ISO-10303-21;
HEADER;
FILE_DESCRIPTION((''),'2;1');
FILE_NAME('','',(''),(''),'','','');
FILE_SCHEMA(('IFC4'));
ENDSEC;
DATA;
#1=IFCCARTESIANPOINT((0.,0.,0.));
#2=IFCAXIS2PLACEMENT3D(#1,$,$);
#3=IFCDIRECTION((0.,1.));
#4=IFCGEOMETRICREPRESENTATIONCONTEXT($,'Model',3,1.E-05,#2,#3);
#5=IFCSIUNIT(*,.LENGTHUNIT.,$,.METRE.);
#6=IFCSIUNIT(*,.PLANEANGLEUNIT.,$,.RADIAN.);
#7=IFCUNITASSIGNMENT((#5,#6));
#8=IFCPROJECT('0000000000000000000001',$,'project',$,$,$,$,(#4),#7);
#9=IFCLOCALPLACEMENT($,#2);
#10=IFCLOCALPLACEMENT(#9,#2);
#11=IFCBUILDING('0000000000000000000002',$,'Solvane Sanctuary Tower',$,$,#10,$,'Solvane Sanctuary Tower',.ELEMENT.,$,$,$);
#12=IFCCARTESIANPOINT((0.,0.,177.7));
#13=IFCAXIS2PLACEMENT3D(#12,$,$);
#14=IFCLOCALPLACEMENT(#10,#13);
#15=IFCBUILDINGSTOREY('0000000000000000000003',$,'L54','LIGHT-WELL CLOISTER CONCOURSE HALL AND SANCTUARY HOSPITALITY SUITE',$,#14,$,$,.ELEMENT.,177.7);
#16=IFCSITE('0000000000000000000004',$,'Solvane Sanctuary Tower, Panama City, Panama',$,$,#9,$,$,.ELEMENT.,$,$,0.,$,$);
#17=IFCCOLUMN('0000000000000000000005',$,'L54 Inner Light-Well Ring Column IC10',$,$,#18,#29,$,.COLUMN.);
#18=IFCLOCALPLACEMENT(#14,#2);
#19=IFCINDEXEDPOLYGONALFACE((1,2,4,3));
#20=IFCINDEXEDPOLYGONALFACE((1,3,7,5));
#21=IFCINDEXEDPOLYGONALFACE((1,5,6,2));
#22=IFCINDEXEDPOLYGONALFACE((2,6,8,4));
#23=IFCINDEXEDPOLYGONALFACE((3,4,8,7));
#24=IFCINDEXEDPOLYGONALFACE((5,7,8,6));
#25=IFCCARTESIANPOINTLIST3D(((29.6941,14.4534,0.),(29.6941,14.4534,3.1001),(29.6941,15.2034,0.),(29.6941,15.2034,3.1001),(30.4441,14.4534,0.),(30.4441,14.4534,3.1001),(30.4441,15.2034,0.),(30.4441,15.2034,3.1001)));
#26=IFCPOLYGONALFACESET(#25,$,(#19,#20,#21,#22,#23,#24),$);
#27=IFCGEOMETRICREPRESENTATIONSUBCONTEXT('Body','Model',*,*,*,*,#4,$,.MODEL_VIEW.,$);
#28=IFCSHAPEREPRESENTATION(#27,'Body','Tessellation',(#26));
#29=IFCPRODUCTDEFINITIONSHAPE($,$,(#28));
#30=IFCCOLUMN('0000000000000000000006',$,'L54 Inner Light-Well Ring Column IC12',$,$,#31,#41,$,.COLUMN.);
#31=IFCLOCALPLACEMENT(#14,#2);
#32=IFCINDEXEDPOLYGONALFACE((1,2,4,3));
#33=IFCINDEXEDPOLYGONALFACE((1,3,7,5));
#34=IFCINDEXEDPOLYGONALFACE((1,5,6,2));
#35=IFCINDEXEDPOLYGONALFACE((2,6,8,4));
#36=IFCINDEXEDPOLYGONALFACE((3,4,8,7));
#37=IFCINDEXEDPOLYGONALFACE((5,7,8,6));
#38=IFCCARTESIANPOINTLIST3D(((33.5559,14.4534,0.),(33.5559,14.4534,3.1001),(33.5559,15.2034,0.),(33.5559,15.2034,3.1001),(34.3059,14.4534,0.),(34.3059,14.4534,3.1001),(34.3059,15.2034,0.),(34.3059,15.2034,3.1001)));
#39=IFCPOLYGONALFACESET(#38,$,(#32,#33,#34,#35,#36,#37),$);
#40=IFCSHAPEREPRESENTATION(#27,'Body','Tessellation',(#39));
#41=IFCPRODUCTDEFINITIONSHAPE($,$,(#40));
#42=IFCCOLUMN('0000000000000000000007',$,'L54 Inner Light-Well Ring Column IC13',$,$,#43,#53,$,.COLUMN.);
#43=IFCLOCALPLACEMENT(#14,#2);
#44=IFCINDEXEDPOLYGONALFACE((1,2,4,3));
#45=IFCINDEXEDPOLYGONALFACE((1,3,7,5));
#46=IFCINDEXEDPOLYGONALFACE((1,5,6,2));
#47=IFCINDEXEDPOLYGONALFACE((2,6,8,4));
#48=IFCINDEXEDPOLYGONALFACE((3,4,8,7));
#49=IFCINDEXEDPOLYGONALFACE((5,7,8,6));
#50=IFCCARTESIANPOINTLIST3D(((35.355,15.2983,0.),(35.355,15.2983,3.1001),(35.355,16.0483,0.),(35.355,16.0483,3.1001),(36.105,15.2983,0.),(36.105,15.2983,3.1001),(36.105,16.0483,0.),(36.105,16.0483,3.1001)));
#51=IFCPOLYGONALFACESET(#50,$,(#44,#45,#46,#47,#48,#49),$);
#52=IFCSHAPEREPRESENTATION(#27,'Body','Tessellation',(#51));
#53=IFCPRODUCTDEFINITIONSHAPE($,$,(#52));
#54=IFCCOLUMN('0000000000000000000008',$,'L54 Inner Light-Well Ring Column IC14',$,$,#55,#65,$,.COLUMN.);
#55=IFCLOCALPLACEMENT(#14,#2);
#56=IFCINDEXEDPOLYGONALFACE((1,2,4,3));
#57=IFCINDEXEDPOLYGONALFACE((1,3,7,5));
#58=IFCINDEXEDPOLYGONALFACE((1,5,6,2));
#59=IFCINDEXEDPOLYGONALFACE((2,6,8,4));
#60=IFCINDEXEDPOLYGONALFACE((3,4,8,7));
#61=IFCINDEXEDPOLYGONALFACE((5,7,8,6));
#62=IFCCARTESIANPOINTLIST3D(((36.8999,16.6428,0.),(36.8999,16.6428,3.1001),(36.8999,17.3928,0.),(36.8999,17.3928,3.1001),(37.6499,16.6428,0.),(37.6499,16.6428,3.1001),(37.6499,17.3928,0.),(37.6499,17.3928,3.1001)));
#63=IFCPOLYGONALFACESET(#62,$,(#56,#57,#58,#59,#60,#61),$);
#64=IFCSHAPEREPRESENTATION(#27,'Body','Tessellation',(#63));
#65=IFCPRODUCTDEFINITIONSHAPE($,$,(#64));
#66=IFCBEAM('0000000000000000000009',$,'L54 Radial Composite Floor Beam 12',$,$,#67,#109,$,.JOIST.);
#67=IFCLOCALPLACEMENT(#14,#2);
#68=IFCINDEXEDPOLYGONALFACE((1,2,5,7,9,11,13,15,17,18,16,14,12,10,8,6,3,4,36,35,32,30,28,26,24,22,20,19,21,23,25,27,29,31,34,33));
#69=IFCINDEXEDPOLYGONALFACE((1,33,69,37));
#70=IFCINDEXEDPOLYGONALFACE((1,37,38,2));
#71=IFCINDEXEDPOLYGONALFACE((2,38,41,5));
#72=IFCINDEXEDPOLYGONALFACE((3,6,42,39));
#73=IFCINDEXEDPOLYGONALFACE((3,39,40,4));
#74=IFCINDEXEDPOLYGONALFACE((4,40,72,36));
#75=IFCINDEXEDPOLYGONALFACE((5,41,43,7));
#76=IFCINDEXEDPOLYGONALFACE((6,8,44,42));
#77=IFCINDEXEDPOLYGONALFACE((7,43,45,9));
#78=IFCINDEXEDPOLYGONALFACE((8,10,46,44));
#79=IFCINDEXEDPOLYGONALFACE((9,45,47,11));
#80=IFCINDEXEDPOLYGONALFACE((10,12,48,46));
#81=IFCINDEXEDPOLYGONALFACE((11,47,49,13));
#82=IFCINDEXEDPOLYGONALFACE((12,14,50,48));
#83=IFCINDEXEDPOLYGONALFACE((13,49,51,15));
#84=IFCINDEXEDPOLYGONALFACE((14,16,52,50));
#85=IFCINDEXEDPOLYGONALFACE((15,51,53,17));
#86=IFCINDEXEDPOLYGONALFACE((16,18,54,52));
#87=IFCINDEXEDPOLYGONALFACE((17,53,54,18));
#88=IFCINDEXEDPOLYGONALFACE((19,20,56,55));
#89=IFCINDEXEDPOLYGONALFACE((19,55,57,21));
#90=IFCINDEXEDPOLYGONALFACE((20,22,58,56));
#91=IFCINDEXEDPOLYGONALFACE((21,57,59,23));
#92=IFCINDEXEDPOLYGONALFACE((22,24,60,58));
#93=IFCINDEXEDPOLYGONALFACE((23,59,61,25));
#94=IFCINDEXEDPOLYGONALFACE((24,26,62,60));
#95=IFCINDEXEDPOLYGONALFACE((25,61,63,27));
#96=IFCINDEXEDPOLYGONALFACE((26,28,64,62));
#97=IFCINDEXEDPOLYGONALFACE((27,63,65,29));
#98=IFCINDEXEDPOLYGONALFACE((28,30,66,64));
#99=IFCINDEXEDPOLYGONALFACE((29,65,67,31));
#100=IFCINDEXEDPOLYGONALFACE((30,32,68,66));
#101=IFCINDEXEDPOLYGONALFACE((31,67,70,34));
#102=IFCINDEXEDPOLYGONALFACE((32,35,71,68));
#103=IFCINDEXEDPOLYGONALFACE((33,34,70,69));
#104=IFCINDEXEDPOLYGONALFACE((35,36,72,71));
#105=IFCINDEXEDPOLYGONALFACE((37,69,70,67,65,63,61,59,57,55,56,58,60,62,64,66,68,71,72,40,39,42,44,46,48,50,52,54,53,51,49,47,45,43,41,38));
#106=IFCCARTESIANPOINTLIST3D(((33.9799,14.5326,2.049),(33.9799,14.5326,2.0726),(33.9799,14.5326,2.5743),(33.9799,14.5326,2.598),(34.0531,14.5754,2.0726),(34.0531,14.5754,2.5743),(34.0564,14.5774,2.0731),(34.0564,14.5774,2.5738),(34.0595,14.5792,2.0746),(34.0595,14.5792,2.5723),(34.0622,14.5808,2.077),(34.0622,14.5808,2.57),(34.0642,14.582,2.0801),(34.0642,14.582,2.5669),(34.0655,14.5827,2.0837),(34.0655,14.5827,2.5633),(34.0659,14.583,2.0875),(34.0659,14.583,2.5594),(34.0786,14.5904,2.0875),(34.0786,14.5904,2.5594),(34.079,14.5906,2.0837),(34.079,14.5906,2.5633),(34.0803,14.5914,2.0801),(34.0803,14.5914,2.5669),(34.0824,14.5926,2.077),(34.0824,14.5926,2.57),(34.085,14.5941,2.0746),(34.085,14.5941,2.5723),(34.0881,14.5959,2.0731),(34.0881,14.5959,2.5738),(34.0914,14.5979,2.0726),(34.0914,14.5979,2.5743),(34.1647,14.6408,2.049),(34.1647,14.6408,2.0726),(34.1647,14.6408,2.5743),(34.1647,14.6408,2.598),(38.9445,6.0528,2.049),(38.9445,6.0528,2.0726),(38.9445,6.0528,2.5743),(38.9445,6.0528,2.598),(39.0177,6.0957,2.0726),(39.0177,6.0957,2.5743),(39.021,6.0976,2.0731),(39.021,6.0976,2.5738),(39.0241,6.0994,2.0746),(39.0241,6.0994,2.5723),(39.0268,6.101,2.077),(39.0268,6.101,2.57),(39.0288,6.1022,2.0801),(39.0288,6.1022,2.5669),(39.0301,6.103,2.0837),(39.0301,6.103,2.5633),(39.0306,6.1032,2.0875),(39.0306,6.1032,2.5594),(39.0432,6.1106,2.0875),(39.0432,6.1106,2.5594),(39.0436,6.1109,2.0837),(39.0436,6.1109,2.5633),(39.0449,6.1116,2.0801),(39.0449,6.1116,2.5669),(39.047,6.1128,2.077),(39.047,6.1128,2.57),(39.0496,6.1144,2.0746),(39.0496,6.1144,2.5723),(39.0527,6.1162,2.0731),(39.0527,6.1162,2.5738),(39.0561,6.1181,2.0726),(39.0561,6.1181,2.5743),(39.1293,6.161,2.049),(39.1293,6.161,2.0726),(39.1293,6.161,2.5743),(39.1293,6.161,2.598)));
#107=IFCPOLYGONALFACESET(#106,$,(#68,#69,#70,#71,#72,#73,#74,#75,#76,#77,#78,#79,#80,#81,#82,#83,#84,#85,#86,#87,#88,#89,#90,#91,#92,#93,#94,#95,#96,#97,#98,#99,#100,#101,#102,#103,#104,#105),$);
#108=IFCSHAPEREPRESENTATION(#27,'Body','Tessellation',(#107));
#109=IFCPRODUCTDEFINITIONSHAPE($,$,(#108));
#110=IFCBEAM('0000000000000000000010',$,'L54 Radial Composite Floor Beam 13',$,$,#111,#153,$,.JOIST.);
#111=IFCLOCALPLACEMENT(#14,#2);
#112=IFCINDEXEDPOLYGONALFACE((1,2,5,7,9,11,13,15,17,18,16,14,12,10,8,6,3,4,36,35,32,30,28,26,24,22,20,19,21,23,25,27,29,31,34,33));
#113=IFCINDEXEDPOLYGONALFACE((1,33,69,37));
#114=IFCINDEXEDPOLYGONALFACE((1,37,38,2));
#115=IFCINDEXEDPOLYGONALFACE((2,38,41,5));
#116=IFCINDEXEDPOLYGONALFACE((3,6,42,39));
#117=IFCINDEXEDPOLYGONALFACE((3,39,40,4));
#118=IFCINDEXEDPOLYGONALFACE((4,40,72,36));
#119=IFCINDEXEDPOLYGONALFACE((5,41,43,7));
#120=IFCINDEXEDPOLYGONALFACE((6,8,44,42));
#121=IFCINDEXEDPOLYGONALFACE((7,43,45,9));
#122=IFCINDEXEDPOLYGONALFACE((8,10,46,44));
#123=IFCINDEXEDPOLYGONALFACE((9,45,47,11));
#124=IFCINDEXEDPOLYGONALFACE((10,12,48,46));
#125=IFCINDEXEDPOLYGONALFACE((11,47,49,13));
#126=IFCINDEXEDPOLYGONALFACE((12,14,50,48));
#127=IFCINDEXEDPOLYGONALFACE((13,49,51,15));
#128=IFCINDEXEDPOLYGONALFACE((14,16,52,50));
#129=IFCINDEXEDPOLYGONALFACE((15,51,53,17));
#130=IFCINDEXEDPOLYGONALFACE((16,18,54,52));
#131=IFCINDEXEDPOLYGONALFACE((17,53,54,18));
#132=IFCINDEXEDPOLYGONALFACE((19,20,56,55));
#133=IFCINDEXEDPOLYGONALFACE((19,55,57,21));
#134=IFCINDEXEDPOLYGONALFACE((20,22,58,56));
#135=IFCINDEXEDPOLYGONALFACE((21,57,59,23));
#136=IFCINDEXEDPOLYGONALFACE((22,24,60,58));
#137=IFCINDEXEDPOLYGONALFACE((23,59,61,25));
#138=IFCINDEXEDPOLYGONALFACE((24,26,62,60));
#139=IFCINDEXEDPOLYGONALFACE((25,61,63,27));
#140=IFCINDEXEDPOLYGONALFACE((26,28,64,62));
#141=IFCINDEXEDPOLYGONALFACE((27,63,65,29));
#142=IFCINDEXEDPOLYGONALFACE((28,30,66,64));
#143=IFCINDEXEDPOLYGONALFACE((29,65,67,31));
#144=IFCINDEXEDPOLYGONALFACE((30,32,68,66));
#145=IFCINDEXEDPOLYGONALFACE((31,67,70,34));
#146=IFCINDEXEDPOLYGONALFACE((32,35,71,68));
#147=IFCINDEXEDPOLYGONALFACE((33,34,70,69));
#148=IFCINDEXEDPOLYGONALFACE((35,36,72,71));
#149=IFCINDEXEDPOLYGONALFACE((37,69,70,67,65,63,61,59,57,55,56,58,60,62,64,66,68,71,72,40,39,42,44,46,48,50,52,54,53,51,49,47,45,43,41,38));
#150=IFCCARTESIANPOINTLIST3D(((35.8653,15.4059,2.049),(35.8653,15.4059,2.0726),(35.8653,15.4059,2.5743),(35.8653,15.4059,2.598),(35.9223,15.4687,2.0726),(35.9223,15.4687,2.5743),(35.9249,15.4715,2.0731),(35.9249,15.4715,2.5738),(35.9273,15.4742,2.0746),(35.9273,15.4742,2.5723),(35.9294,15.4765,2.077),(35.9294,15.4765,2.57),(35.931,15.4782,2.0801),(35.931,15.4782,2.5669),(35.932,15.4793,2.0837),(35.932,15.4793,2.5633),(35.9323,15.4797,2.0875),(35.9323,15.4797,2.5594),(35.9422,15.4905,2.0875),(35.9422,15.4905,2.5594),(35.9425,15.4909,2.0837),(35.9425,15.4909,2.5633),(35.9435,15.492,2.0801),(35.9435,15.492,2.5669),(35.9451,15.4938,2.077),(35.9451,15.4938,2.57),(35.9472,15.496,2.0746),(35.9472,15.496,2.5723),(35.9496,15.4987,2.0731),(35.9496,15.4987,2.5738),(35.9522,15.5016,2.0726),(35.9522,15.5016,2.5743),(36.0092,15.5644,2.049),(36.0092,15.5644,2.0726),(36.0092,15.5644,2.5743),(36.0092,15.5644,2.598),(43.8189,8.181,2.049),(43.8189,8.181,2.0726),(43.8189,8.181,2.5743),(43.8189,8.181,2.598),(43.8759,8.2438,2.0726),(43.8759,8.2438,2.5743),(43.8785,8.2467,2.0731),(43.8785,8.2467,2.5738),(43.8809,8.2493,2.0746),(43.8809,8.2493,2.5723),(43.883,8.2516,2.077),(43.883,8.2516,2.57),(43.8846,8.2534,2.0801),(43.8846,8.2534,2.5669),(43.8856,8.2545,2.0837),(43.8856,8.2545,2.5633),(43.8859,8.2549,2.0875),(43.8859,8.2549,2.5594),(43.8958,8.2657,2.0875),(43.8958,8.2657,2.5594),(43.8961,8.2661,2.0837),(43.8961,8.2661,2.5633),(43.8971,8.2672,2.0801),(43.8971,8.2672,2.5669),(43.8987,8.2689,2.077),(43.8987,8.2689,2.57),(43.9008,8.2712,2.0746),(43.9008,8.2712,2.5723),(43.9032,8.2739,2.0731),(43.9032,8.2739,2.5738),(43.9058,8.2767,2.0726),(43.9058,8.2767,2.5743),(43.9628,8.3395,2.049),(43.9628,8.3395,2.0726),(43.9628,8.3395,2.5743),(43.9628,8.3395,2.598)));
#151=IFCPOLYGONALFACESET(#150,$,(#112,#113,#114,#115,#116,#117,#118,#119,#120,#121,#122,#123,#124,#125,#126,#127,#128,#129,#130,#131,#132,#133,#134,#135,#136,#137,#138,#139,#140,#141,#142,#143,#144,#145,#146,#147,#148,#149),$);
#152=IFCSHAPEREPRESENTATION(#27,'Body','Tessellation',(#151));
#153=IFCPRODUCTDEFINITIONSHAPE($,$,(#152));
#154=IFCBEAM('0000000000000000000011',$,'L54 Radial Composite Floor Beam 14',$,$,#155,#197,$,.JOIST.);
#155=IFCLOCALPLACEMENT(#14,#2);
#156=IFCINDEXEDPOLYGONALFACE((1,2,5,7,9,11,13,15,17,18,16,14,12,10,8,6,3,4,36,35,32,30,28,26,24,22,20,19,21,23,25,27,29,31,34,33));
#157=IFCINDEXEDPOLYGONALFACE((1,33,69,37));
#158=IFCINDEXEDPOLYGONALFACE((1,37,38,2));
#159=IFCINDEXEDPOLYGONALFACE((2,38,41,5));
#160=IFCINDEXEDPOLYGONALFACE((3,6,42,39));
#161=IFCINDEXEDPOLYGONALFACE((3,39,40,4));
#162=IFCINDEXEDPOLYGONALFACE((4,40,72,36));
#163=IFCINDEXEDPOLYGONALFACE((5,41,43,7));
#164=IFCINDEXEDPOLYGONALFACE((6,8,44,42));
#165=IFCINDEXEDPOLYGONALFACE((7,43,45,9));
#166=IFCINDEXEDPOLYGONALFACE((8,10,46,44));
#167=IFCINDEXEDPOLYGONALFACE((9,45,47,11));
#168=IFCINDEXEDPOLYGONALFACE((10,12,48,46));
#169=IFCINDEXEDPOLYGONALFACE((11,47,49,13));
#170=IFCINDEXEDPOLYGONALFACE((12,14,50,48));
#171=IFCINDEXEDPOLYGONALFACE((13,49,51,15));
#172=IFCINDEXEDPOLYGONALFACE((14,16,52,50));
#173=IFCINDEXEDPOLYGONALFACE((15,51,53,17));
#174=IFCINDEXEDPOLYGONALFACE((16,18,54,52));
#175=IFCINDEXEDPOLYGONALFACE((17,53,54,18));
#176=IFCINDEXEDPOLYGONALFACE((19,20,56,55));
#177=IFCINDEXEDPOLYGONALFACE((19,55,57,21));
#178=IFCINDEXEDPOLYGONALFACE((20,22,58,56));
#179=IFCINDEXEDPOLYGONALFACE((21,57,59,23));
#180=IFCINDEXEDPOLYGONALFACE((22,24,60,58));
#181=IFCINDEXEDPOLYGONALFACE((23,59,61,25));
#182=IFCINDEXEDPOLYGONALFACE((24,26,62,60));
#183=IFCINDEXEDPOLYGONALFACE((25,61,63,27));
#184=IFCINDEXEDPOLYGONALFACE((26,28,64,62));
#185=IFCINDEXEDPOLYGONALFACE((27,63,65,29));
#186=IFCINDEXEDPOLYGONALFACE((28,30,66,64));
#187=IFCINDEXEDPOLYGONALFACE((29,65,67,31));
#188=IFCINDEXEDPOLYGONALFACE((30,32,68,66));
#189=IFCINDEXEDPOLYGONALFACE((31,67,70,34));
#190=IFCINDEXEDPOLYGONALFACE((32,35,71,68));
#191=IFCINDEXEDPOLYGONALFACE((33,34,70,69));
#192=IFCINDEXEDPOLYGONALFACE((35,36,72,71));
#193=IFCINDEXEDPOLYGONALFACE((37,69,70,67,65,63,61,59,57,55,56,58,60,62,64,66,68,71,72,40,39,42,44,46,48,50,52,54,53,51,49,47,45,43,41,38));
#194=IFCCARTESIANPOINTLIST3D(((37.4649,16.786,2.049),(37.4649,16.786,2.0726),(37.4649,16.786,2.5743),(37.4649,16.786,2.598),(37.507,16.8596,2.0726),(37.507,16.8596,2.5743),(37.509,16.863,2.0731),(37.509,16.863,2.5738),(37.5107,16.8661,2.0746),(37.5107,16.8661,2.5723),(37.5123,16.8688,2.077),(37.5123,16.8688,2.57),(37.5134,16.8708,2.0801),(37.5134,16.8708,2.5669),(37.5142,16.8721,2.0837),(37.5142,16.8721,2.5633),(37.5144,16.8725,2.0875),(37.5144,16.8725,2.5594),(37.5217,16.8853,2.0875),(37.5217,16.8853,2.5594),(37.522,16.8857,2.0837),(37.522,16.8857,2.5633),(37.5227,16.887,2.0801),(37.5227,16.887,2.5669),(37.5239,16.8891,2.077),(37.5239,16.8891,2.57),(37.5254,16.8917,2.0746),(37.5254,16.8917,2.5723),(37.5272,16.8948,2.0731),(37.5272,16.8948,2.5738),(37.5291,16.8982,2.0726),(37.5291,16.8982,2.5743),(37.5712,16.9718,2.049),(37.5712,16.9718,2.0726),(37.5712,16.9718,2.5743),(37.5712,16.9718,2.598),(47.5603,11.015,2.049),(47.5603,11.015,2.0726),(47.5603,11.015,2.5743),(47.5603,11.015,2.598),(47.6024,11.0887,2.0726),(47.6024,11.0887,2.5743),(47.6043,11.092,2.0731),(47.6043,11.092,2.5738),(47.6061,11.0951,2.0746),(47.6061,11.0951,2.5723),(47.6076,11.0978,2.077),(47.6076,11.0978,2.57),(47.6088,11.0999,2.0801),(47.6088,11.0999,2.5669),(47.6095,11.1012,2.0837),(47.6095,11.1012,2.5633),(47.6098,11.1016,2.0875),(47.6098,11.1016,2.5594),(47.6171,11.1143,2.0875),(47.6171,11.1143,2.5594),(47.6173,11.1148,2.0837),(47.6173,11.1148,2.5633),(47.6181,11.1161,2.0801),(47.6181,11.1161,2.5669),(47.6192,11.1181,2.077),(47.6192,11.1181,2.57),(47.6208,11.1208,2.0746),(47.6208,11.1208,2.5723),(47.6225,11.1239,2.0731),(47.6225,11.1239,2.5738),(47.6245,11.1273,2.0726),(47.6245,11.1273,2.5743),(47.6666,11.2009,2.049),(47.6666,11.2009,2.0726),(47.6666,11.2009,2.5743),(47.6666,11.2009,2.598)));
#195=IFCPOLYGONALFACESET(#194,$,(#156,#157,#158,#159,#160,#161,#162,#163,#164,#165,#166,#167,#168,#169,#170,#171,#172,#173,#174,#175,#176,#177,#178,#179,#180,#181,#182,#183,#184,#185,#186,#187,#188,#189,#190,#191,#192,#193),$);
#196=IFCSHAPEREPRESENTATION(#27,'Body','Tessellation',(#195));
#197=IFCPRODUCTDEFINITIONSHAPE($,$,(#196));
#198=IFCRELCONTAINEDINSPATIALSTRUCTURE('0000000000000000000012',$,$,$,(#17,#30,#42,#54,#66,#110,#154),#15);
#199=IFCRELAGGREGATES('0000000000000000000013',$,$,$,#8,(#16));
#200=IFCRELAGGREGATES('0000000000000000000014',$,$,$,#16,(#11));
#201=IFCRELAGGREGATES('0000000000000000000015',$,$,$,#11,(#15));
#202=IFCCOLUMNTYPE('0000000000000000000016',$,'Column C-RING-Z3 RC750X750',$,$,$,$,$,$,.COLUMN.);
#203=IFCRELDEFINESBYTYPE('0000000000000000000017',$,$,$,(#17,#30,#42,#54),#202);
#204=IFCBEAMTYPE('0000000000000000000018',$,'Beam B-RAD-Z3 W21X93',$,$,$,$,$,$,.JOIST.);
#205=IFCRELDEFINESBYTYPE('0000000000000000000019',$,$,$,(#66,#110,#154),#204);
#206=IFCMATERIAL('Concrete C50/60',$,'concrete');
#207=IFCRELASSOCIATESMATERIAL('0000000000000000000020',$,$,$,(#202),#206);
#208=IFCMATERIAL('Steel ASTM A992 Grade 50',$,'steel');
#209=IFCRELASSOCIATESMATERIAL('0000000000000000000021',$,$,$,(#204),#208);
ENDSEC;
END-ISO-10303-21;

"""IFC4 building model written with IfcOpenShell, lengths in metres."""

from ifc_helpers import new_model, si_unit, direction, frame, origin, origin_2d, place, context, subcontext, project, spatial, rectangle, i_section, extrude, material, material_profile, profile_set, type_object, element, save


model = new_model("IFC4")

# Units and contexts
model_context = context("Model", 3, precision=1e-05, world=origin(), true_north=direction((0.0, 1.0)))
body_context = subcontext(model_context, "Body", "Model", "MODEL_VIEW")
ifc_project = project(units=[si_unit("LENGTHUNIT", "METRE"), si_unit("PLANEANGLEUNIT", "RADIAN")], contexts=[model_context])

# Site, building, storey
site_placement = place(None, origin())
site = spatial("IfcSite", under=ifc_project, at=site_placement, Name="Solvane Sanctuary Tower, Panama City, Panama", CompositionType="ELEMENT", RefElevation=0.0)
building_placement = place(site_placement, origin())
building = spatial("IfcBuilding", under=site, at=building_placement, Name="Solvane Sanctuary Tower", LongName="Solvane Sanctuary Tower", CompositionType="ELEMENT")
storey_placement = place(building_placement, frame((0.0, 0.0, 177.7)))
storey = spatial("IfcBuildingStorey", under=building, at=storey_placement, Name="L54", Description="LIGHT-WELL CLOISTER CONCOURSE HALL AND SANCTUARY HOSPITALITY SUITE", CompositionType="ELEMENT", Elevation=177.7)

# Columns
ifc_material_1 = material(Name="Concrete C50/60", Category="concrete")
ifc_material_profile_1 = material_profile(ifc_material_1, rectangle(XDim=0.75, YDim=0.75, at=origin_2d()), Name="RC750X750")
ifc_profile_set_1 = profile_set([ifc_material_profile_1], Name="Concrete C50/60")
column_type = type_object("IfcColumnType", Name="Column C-RING-Z3 RC750X750", PredefinedType="COLUMN", material=ifc_profile_set_1)
for number, where, z_axis, x_axis, name in (
    (1, (30.0691, 14.8284, 0.0), (0.0, 0.0, 1.0), (1.0, 0.0, 0.0), "L54 Inner Light-Well Ring Column IC10"),
    (2, (33.9309, 14.8284, 0.0), (0.0, 0.0, 1.0), (1.0, 0.0, 0.0), "L54 Inner Light-Well Ring Column IC12"),
    (3, (35.73, 15.6733, 0.0), (0.0, 0.0, 1.0), (1.0, 0.0, 0.0), "L54 Inner Light-Well Ring Column IC13"),
    (4, (37.2749, 17.0178, 0.0), (0.0, 0.0, 1.0), (1.0, 0.0, 0.0), "L54 Inner Light-Well Ring Column IC14"),
):
    element("IfcColumn", number, at=place(storey_placement, frame(where, z_axis=z_axis, x_axis=x_axis)), inside=storey, type_object=column_type, Name=name, PredefinedType="COLUMN", context=body_context, shape_type="SweptSolid", body=[
        extrude(rectangle(XDim=0.75, YDim=0.75, at=origin_2d()), origin(), (0.0, 0.0, 1.0), 3.1001),
    ])

# Beams
ifc_material_2 = material(Name="Steel ASTM A992 Grade 50", Category="steel")
ifc_material_profile_2 = material_profile(ifc_material_2, i_section(OverallWidth=0.2141, OverallDepth=0.5491, WebThickness=0.0146, FlangeThickness=0.0237, FilletRadius=0.0149, at=origin_2d()), Name="W21X93")
ifc_profile_set_2 = profile_set([ifc_material_profile_2], Name="Steel ASTM A992 Grade 50")
beam_type_1 = type_object("IfcBeamType", Name="Beam B-RAD-Z3 W21X93", PredefinedType="JOIST", material=ifc_profile_set_2)
beam_1_placement = place(storey_placement, frame((34.0723, 14.5867, 2.3235), z_axis=(0.505244, -0.862977, 0.0), x_axis=(0.862977, 0.505244, 0.0)))
element("IfcBeam", 5, at=beam_1_placement, inside=storey, type_object=beam_type_1, Name="L54 Radial Composite Floor Beam 12", PredefinedType="JOIST", context=body_context, shape_type="SweptSolid", body=[
    extrude(i_section(OverallWidth=0.2141, OverallDepth=0.5491, WebThickness=0.0146, FlangeThickness=0.0237, FilletRadius=0.0149, at=origin_2d()), origin(), (0.0, 0.0, 1.0), 9.8262),
])
beam_2_placement = place(storey_placement, frame((35.9373, 15.4851, 2.3235), z_axis=(0.740204, -0.672382, 0.0), x_axis=(0.672382, 0.740204, 0.0)))
element("IfcBeam", 6, at=beam_2_placement, inside=storey, type_object=beam_type_1, Name="L54 Radial Composite Floor Beam 13", PredefinedType="JOIST", context=body_context, shape_type="SweptSolid", body=[
    extrude(i_section(OverallWidth=0.2141, OverallDepth=0.5491, WebThickness=0.0146, FlangeThickness=0.0237, FilletRadius=0.0149, at=origin_2d()), origin(), (0.0, 0.0, 1.0), 10.7451),
])
beam_3_placement = place(storey_placement, frame((37.5181, 16.8789, 2.3235), z_axis=(0.868163, -0.496279, 0.0), x_axis=(0.496279, 0.868163, 0.0)))
element("IfcBeam", 7, at=beam_3_placement, inside=storey, type_object=beam_type_1, Name="L54 Radial Composite Floor Beam 14", PredefinedType="JOIST", context=body_context, shape_type="SweptSolid", body=[
    extrude(i_section(OverallWidth=0.2141, OverallDepth=0.5491, WebThickness=0.0146, FlangeThickness=0.0237, FilletRadius=0.0149, at=origin_2d()), origin(), (0.0, 0.0, 1.0), 11.6284),
])

save(model, "model.ifc")
